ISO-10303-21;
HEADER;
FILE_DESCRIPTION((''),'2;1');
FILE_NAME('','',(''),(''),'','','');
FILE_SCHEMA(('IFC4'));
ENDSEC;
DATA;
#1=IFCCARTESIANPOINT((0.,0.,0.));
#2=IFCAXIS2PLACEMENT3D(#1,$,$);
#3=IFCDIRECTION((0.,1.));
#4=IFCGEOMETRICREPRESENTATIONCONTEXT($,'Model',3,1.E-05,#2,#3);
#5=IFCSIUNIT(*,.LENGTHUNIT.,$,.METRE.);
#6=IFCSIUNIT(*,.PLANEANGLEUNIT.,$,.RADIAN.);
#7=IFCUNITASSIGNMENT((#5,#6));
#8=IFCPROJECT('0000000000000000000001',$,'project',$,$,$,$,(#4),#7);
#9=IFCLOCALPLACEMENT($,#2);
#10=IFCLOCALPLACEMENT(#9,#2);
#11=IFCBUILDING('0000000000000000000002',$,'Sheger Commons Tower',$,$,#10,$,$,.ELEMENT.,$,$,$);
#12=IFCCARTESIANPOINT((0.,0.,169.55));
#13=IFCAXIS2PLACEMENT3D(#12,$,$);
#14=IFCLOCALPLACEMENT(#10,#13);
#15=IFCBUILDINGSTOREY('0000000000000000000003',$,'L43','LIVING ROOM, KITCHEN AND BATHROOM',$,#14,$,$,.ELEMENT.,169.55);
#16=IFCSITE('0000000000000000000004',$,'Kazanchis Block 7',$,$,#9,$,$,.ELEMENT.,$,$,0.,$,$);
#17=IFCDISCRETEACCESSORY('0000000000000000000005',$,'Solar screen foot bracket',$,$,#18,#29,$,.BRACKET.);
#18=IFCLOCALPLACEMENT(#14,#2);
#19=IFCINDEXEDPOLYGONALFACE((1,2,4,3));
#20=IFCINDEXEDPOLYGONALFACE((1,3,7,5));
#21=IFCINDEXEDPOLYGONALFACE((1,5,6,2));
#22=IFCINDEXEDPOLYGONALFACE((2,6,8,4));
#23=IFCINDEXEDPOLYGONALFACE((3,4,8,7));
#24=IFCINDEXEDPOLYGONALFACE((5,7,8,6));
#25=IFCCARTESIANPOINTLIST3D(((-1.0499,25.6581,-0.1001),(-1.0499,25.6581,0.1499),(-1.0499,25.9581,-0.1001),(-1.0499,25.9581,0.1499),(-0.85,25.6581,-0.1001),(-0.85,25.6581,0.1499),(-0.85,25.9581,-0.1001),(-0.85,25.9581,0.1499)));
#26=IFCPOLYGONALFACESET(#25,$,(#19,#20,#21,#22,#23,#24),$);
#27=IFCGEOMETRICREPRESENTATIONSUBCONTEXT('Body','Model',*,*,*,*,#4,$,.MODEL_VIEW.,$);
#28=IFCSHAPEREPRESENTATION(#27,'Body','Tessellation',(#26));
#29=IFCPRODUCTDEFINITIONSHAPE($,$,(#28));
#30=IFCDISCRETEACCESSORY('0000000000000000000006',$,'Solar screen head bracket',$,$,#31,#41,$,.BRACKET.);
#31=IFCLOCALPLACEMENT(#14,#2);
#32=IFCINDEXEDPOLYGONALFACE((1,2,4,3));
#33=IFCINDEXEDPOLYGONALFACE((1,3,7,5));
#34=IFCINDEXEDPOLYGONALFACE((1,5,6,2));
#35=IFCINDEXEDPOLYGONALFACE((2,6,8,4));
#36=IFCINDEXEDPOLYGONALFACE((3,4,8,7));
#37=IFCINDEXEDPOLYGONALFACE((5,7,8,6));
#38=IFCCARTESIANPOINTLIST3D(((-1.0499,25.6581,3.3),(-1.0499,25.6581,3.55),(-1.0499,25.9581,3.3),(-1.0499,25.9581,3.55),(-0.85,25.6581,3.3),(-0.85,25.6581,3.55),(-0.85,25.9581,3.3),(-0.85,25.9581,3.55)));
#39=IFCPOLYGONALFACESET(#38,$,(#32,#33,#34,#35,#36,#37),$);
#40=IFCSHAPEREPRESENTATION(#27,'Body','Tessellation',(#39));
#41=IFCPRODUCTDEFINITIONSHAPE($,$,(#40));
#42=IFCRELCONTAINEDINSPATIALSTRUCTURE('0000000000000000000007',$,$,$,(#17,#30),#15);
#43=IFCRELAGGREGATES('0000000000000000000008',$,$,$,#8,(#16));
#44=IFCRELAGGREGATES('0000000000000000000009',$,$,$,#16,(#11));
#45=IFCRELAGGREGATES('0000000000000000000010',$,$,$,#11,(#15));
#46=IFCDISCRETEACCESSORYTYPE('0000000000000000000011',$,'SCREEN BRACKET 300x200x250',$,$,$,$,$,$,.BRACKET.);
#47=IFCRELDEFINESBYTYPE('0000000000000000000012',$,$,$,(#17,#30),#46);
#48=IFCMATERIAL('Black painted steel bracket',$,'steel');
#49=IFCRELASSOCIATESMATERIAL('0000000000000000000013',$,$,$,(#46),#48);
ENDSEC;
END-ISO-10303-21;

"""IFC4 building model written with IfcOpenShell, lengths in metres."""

from ifc_helpers import new_model, si_unit, direction, frame, origin, origin_2d, place, context, subcontext, project, spatial, rectangle, extrude, material, type_object, element, save


model = new_model("IFC4")

# Units and contexts
model_context = context("Model", 3, precision=1e-05, world=origin(), true_north=direction((0.0, 1.0)))
body_context = subcontext(model_context, "Body", "Model", "MODEL_VIEW")
ifc_project = project(units=[si_unit("LENGTHUNIT", "METRE"), si_unit("PLANEANGLEUNIT", "RADIAN")], contexts=[model_context])

# Site, building, storey
site_placement = place(None, origin())
site = spatial("IfcSite", under=ifc_project, at=site_placement, Name="Kazanchis Block 7", CompositionType="ELEMENT", RefElevation=0.0)
building_placement = place(site_placement, origin())
building = spatial("IfcBuilding", under=site, at=building_placement, Name="Sheger Commons Tower", CompositionType="ELEMENT")
storey_placement = place(building_placement, frame((0.0, 0.0, 169.55)))
storey = spatial("IfcBuildingStorey", under=building, at=storey_placement, Name="L43", Description="LIVING ROOM, KITCHEN AND BATHROOM", CompositionType="ELEMENT", Elevation=169.55)

# Discrete accessories
ifc_material_1 = material(Name="Black painted steel bracket", Category="steel")
discrete_accessory_type = type_object("IfcDiscreteAccessoryType", Name="SCREEN BRACKET 300x200x250", PredefinedType="BRACKET", material=ifc_material_1)
for number, where, z_axis, x_axis, name in (
    (1, (-0.95, 25.8081, -0.1001), (0.0, 0.0, 1.0), (0.0, -1.0, 0.0), "Solar screen foot bracket"),
    (2, (-0.95, 25.8081, 3.3), (0.0, 0.0, 1.0), (0.0, -1.0, 0.0), "Solar screen head bracket"),
):
    element("IfcDiscreteAccessory", number, at=place(storey_placement, frame(where, z_axis=z_axis, x_axis=x_axis)), inside=storey, type_object=discrete_accessory_type, Name=name, PredefinedType="BRACKET", context=body_context, shape_type="SweptSolid", body=[
        extrude(rectangle(XDim=0.3, YDim=0.2, at=origin_2d()), origin(), (0.0, 0.0, 1.0), 0.25),
    ])

save(model, "model.ifc")
